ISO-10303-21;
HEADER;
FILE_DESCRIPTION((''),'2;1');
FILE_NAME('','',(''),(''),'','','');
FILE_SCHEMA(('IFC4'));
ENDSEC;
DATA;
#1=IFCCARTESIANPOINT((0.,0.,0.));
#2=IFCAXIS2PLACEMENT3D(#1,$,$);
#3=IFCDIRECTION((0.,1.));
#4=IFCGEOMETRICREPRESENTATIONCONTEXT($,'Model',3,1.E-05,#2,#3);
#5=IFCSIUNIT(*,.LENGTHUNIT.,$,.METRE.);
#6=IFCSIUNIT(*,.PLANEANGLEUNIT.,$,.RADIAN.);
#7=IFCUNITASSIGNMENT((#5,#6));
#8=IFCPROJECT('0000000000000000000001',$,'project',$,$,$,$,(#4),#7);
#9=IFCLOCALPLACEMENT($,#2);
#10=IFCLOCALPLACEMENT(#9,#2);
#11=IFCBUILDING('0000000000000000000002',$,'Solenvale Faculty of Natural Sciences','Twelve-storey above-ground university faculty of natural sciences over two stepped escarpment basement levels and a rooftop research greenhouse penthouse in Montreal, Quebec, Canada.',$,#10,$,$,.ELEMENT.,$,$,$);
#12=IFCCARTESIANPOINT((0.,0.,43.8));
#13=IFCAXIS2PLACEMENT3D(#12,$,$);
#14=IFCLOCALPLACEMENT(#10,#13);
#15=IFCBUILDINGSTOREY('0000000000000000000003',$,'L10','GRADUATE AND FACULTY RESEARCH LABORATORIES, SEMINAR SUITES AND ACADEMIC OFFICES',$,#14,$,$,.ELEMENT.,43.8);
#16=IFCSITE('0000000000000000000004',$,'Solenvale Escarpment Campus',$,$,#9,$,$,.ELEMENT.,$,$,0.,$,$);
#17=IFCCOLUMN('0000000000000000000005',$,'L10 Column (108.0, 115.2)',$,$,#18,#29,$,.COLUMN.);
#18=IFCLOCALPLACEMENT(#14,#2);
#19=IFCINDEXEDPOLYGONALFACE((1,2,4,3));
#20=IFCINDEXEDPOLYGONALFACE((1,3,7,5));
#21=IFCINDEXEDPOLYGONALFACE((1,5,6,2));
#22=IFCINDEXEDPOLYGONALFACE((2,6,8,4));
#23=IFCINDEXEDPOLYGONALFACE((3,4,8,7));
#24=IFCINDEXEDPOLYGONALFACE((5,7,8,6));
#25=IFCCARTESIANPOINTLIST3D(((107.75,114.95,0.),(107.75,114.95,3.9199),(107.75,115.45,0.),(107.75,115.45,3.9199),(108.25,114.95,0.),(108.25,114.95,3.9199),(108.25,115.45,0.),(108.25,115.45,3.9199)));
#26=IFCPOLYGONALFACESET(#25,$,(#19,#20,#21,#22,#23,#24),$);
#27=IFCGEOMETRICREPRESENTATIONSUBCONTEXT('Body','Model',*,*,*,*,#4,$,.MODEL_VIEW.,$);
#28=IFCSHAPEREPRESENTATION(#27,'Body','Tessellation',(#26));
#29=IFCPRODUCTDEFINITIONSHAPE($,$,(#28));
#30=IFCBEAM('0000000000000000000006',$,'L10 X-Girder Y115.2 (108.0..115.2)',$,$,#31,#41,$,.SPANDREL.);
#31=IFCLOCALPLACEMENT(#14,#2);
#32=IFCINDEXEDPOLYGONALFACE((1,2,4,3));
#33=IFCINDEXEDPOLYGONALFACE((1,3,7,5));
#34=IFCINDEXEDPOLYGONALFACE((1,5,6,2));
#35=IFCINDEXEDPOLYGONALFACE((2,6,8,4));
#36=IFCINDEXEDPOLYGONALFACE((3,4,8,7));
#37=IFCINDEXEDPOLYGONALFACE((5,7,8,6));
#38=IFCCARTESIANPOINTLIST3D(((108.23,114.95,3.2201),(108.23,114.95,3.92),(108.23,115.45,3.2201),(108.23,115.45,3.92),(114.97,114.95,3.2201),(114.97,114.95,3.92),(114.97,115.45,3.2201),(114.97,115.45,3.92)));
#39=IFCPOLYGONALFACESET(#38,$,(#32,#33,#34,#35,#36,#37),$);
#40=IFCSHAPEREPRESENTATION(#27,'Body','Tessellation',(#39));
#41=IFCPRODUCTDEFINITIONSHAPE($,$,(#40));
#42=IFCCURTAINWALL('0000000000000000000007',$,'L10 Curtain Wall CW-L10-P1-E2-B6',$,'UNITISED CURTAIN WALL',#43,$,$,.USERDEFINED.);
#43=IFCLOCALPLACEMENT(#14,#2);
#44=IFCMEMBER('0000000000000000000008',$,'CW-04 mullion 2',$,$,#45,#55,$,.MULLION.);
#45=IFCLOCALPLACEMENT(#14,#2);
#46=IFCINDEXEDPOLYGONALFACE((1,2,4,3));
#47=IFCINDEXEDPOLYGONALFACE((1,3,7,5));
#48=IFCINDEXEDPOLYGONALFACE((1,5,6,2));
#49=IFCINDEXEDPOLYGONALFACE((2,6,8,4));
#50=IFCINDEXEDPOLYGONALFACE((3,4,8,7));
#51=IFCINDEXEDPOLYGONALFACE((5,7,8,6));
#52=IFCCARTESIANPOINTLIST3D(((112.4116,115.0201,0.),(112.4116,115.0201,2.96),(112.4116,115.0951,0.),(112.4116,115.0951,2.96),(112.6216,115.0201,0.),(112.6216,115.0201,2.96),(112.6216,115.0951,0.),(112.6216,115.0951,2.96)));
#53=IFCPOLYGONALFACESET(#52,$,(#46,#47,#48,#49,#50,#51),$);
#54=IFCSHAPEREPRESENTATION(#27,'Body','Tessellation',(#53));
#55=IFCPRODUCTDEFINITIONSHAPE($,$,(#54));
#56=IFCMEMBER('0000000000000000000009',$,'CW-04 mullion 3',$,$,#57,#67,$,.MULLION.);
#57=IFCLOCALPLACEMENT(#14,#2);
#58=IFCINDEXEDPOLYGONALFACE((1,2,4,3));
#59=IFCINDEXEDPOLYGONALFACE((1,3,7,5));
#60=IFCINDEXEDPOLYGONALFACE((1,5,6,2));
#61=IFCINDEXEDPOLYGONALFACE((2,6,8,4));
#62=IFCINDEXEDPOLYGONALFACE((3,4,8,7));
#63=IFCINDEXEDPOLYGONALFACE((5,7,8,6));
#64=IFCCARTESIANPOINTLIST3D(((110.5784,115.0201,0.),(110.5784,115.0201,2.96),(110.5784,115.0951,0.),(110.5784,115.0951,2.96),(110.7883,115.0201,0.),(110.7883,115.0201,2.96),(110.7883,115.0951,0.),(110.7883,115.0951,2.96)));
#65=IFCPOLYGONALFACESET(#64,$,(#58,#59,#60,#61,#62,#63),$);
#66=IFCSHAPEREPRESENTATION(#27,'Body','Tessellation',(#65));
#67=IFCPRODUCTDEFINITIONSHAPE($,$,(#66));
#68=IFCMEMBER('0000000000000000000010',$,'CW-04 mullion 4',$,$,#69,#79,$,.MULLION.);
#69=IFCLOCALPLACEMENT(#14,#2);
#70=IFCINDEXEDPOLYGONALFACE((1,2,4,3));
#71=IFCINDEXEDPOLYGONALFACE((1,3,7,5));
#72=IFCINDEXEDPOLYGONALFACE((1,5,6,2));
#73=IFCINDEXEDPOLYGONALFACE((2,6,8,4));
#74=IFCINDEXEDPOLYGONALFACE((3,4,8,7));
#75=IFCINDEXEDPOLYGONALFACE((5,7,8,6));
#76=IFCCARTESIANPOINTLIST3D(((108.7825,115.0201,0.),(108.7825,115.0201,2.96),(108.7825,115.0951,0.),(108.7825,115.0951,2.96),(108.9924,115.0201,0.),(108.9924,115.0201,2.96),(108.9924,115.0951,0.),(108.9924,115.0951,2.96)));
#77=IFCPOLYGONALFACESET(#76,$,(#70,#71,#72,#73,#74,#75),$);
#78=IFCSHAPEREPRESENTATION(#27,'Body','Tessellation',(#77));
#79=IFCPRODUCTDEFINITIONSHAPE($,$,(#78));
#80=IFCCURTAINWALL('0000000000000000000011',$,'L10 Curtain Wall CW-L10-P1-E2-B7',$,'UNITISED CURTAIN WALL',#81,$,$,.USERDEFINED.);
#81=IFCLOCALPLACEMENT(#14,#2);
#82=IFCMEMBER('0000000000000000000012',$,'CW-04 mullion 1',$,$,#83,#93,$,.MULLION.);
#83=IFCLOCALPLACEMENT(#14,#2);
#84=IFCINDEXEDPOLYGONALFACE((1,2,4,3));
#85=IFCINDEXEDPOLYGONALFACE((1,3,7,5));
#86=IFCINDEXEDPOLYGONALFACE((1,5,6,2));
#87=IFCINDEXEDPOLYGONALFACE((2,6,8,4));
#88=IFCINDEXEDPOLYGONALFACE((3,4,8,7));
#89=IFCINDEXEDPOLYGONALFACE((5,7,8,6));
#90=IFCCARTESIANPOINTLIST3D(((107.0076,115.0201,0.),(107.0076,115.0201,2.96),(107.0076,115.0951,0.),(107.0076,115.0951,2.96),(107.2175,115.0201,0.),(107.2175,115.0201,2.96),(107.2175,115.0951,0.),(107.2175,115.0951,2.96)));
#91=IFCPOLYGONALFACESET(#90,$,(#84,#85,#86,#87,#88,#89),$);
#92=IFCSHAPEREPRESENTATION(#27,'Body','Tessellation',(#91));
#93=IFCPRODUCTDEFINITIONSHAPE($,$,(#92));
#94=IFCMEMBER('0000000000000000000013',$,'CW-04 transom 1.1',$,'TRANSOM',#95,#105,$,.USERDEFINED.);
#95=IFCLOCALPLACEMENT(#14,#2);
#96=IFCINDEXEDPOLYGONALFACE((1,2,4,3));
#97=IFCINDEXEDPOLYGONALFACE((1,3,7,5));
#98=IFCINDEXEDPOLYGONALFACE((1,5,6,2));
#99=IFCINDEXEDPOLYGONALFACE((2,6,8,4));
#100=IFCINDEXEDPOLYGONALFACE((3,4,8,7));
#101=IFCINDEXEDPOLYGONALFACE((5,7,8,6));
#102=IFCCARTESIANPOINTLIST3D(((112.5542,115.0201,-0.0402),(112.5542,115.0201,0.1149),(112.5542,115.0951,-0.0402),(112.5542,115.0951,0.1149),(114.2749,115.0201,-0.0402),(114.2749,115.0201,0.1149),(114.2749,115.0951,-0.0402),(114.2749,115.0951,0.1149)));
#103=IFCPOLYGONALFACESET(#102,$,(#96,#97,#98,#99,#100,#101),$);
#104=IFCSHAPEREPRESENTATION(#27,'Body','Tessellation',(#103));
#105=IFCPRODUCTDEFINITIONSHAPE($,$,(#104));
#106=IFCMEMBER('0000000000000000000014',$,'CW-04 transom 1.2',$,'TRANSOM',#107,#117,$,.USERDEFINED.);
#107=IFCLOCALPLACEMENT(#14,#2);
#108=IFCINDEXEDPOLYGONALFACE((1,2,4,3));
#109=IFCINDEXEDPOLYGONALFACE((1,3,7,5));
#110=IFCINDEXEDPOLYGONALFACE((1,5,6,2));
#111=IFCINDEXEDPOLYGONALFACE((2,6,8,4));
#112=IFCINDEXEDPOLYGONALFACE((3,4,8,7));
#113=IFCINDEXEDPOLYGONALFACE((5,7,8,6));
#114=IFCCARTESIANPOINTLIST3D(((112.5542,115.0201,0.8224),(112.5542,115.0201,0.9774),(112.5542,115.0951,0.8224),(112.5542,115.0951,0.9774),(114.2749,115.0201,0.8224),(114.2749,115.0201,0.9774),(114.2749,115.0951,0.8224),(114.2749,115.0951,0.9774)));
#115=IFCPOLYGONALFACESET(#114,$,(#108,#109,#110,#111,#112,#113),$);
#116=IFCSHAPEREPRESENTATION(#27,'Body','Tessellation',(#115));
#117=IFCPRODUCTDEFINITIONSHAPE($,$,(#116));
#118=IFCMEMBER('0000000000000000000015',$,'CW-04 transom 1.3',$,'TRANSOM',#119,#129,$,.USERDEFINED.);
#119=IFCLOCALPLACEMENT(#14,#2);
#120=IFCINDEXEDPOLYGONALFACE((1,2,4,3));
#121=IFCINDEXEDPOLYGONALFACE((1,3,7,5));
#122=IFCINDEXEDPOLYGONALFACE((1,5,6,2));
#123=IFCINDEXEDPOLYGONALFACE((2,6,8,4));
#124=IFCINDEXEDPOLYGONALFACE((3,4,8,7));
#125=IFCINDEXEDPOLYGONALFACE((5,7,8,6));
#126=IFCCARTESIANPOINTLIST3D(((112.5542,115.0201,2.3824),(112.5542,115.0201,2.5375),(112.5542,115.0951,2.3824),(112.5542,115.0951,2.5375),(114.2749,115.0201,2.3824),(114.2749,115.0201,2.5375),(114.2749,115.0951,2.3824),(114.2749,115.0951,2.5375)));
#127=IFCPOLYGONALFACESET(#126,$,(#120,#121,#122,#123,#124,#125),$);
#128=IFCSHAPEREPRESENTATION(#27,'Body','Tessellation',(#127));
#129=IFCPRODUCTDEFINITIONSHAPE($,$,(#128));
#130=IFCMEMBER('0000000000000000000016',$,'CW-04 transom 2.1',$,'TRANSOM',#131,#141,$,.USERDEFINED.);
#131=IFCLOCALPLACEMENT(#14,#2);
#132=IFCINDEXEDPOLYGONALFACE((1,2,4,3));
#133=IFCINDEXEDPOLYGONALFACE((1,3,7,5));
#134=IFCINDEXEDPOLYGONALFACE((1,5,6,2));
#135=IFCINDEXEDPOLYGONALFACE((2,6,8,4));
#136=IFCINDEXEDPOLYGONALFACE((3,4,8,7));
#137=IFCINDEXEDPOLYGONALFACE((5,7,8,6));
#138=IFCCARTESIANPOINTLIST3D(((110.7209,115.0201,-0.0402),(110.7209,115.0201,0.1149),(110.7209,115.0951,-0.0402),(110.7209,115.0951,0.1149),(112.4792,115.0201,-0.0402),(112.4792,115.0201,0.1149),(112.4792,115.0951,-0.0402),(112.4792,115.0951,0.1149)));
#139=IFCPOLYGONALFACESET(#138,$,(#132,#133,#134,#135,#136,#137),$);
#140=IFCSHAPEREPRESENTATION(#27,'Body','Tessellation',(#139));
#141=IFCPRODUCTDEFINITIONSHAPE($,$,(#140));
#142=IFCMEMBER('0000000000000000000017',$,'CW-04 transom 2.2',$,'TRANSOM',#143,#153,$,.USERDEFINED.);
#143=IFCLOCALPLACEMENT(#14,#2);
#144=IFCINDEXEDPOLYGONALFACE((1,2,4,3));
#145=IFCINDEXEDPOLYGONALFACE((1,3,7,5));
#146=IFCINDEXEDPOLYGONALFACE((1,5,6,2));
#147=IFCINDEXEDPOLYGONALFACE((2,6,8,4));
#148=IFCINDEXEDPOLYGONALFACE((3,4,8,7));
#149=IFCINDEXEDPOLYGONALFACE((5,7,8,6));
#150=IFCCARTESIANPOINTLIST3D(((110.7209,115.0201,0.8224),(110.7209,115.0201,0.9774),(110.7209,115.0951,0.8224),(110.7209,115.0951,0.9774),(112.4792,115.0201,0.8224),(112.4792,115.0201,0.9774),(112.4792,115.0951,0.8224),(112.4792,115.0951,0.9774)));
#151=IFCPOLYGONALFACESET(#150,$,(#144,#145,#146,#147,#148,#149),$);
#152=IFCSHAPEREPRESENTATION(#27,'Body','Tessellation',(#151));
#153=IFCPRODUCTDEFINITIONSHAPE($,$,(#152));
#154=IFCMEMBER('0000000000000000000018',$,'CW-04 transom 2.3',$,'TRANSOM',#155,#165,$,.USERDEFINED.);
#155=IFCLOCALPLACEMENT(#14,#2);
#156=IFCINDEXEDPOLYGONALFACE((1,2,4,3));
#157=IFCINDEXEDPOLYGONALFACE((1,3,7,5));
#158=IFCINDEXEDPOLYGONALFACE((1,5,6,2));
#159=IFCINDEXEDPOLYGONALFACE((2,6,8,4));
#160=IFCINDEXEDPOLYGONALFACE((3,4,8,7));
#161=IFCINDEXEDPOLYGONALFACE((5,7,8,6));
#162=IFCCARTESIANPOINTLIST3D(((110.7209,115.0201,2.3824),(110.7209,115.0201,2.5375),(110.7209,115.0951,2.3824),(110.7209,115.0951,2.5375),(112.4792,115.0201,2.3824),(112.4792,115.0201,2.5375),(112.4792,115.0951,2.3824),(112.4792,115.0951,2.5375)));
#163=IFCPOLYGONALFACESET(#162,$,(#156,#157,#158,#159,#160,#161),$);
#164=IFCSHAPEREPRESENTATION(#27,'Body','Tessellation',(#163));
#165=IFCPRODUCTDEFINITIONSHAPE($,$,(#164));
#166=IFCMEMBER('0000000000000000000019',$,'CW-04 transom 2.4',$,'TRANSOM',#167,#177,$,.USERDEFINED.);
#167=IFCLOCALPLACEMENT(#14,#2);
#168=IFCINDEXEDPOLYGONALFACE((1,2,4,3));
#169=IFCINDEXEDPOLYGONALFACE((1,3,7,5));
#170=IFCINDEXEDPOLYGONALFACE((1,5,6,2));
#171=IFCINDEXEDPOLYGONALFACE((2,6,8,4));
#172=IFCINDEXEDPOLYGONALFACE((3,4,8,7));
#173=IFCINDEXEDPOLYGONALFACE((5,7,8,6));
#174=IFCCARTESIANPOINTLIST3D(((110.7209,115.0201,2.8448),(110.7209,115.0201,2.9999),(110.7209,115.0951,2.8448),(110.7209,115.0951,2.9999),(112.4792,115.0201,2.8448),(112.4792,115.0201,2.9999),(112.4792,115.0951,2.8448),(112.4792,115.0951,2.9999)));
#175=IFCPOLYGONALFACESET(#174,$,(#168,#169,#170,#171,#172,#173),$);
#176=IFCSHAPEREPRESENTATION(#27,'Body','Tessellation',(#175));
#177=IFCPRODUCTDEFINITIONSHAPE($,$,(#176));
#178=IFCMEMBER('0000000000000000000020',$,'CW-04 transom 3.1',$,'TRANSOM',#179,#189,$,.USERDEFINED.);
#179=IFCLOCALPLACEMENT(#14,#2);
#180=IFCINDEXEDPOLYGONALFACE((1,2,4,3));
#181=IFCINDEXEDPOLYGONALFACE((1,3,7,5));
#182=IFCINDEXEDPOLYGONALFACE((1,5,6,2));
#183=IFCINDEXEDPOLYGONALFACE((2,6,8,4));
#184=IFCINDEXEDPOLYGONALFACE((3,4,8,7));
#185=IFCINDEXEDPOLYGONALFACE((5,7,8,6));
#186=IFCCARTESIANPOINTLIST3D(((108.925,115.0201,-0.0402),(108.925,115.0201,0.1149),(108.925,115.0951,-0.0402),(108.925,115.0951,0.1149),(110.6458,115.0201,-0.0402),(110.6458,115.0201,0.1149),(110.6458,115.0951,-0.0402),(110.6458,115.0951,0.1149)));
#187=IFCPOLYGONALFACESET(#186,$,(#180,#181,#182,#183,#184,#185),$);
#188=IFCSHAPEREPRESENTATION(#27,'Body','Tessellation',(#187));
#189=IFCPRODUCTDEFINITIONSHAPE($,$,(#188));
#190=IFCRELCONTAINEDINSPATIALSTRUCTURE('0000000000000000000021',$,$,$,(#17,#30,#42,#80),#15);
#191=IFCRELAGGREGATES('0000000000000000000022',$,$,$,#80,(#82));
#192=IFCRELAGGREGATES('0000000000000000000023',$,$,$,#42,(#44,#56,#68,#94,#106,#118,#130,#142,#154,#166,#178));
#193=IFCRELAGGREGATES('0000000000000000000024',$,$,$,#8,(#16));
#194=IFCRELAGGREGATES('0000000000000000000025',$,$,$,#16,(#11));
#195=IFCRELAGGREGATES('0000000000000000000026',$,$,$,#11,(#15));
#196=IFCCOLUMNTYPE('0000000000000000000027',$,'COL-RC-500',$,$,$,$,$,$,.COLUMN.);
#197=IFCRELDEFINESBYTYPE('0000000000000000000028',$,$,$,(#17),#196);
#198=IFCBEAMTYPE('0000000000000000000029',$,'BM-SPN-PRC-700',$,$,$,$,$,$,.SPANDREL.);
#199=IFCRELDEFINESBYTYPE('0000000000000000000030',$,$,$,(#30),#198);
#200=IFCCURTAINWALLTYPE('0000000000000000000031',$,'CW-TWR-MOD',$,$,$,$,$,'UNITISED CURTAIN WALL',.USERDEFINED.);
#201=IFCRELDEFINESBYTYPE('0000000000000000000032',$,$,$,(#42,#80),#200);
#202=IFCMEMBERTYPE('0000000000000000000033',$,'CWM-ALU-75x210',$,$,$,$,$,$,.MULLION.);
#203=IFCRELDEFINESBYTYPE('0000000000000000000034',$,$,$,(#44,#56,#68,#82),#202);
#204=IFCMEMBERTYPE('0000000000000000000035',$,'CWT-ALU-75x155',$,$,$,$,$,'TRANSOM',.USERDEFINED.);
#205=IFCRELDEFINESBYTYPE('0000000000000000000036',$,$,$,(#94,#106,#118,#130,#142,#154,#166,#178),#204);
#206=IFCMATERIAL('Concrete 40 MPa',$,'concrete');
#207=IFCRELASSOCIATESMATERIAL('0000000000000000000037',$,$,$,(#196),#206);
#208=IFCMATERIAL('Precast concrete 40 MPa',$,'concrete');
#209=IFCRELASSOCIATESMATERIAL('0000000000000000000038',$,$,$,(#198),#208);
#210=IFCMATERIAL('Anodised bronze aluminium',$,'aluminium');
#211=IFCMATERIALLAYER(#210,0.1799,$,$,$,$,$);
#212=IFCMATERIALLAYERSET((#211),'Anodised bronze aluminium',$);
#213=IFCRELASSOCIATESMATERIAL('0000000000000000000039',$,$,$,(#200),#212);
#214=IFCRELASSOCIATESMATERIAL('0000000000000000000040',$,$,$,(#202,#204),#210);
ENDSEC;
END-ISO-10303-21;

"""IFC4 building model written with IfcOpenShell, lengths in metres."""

from ifc_helpers import new_model, si_unit, direction, frame, origin, origin_2d, place, context, subcontext, project, spatial, rectangle, extrude, material, layer, layer_set, material_profile, profile_set, type_object, element, aggregate, save


model = new_model("IFC4")

# Units and contexts
model_context = context("Model", 3, precision=1e-05, world=origin(), true_north=direction((0.0, 1.0)))
body_context = subcontext(model_context, "Body", "Model", "MODEL_VIEW")
ifc_project = project(units=[si_unit("LENGTHUNIT", "METRE"), si_unit("PLANEANGLEUNIT", "RADIAN")], contexts=[model_context])

# Site, building, storey
site_placement = place(None, origin())
site = spatial("IfcSite", under=ifc_project, at=site_placement, Name="Solenvale Escarpment Campus", CompositionType="ELEMENT", RefElevation=0.0)
building_placement = place(site_placement, origin())
building = spatial("IfcBuilding", under=site, at=building_placement, Name="Solenvale Faculty of Natural Sciences", Description="Twelve-storey above-ground university faculty of natural sciences over two stepped escarpment basement levels and a rooftop research greenhouse penthouse in Montreal, Quebec, Canada.", CompositionType="ELEMENT")
storey_placement = place(building_placement, frame((0.0, 0.0, 43.8)))
storey = spatial("IfcBuildingStorey", under=building, at=storey_placement, Name="L10", Description="GRADUATE AND FACULTY RESEARCH LABORATORIES, SEMINAR SUITES AND ACADEMIC OFFICES", CompositionType="ELEMENT", Elevation=43.8)

# Column
ifc_material_1 = material(Name="Concrete 40 MPa", Category="concrete")
ifc_material_profile_1 = material_profile(ifc_material_1, rectangle(XDim=0.5, YDim=0.5, at=origin_2d()), Name="RC-COL-500x500")
ifc_profile_set_1 = profile_set([ifc_material_profile_1], Name="Concrete 40 MPa")
column_type = type_object("IfcColumnType", Name="COL-RC-500", PredefinedType="COLUMN", material=ifc_profile_set_1)
column_placement = place(storey_placement, frame((108.0, 115.2, 0.0), z_axis=(0.0, 0.0, 1.0), x_axis=(1.0, 0.0, 0.0)))
element("IfcColumn", 1, at=column_placement, inside=storey, type_object=column_type, Name="L10 Column (108.0, 115.2)", PredefinedType="COLUMN", context=body_context, shape_type="SweptSolid", body=[
    extrude(rectangle(XDim=0.5, YDim=0.5, at=origin_2d()), origin(), (0.0, 0.0, 1.0), 3.9199),
])

# Beam
ifc_material_2 = material(Name="Precast concrete 40 MPa", Category="concrete")
ifc_material_profile_2 = material_profile(ifc_material_2, rectangle(XDim=0.5, YDim=0.7, at=origin_2d()), Name="RC-BM-500x700")
ifc_profile_set_2 = profile_set([ifc_material_profile_2], Name="Precast concrete 40 MPa")
beam_type = type_object("IfcBeamType", Name="BM-SPN-PRC-700", PredefinedType="SPANDREL", material=ifc_profile_set_2)
beam_placement = place(storey_placement, frame((108.23, 115.2, 3.5701), z_axis=(1.0, 0.0, 0.0), x_axis=(0.0, 1.0, 0.0)))
element("IfcBeam", 2, at=beam_placement, inside=storey, type_object=beam_type, Name="L10 X-Girder Y115.2 (108.0..115.2)", PredefinedType="SPANDREL", context=body_context, shape_type="SweptSolid", body=[
    extrude(rectangle(XDim=0.5, YDim=0.7, at=origin_2d()), origin(), (0.0, 0.0, 1.0), 6.74),
])

# Curtain wall, members
ifc_material_3 = material(Name="Anodised bronze aluminium", Category="aluminium")
ifc_layer_1 = layer(ifc_material_3, 0.1799)
ifc_layer_set_1 = layer_set([ifc_layer_1], Name="Anodised bronze aluminium")
curtain_wall_type = type_object("IfcCurtainWallType", Name="CW-TWR-MOD", ElementType="UNITISED CURTAIN WALL", PredefinedType="USERDEFINED", material=ifc_layer_set_1)
curtain_wall_1_placement = place(storey_placement, origin())
curtain_wall_1 = element("IfcCurtainWall", 3, at=curtain_wall_1_placement, inside=storey, type_object=curtain_wall_type, Name="L10 Curtain Wall CW-L10-P1-E2-B6", ObjectType="UNITISED CURTAIN WALL", PredefinedType="USERDEFINED")
ifc_material_profile_3 = material_profile(ifc_material_3, rectangle(XDim=0.075, YDim=0.21, at=origin_2d()), Name="ALU-MUL-75x210")
ifc_profile_set_3 = profile_set([ifc_material_profile_3], Name="Anodised bronze aluminium")
member_type_1 = type_object("IfcMemberType", Name="CWM-ALU-75x210", PredefinedType="MULLION", material=ifc_profile_set_3)
member_1_placement = place(storey_placement, frame((112.5166, 115.0576, 0.0), z_axis=(0.0, 0.0, 1.0), x_axis=(0.0, -1.0, 0.0)))
member_1 = element("IfcMember", 4, at=member_1_placement, type_object=member_type_1, Name="CW-04 mullion 2", PredefinedType="MULLION", context=body_context, shape_type="SweptSolid", body=[
    extrude(rectangle(XDim=0.075, YDim=0.21, at=origin_2d()), origin(), (0.0, 0.0, 1.0), 2.96),
])
member_2_placement = place(storey_placement, frame((110.6833, 115.0576, 0.0), z_axis=(0.0, 0.0, 1.0), x_axis=(0.0, -1.0, 0.0)))
member_2 = element("IfcMember", 5, at=member_2_placement, type_object=member_type_1, Name="CW-04 mullion 3", PredefinedType="MULLION", context=body_context, shape_type="SweptSolid", body=[
    extrude(rectangle(XDim=0.075, YDim=0.21, at=origin_2d()), origin(), (0.0, 0.0, 1.0), 2.96),
])
member_3_placement = place(storey_placement, frame((108.8875, 115.0576, 0.0), z_axis=(0.0, 0.0, 1.0), x_axis=(0.0, -1.0, 0.0)))
member_3 = element("IfcMember", 6, at=member_3_placement, type_object=member_type_1, Name="CW-04 mullion 4", PredefinedType="MULLION", context=body_context, shape_type="SweptSolid", body=[
    extrude(rectangle(XDim=0.075, YDim=0.21, at=origin_2d()), origin(), (0.0, 0.0, 1.0), 2.96),
])

# Curtain wall, member
curtain_wall_2_placement = place(storey_placement, origin())
curtain_wall_2 = element("IfcCurtainWall", 7, at=curtain_wall_2_placement, inside=storey, type_object=curtain_wall_type, Name="L10 Curtain Wall CW-L10-P1-E2-B7", ObjectType="UNITISED CURTAIN WALL", PredefinedType="USERDEFINED")
member_4_placement = place(storey_placement, frame((107.1125, 115.0576, 0.0), z_axis=(0.0, 0.0, 1.0), x_axis=(0.0, -1.0, 0.0)))
member_4 = element("IfcMember", 8, at=member_4_placement, type_object=member_type_1, Name="CW-04 mullion 1", PredefinedType="MULLION", context=body_context, shape_type="SweptSolid", body=[
    extrude(rectangle(XDim=0.075, YDim=0.21, at=origin_2d()), origin(), (0.0, 0.0, 1.0), 2.96),
])

# Members
ifc_material_profile_4 = material_profile(ifc_material_3, rectangle(XDim=0.075, YDim=0.155, at=origin_2d()), Name="ALU-TRN-75x155")
ifc_profile_set_4 = profile_set([ifc_material_profile_4], Name="Anodised bronze aluminium")
member_type_2 = type_object("IfcMemberType", Name="CWT-ALU-75x155", ElementType="TRANSOM", PredefinedType="USERDEFINED", material=ifc_profile_set_4)
member_5_placement = place(storey_placement, frame((114.2749, 115.0576, 0.0374), z_axis=(-1.0, 0.0, 0.0), x_axis=(0.0, -1.0, 0.0)))
member_5 = element("IfcMember", 9, at=member_5_placement, type_object=member_type_2, Name="CW-04 transom 1.1", ObjectType="TRANSOM", PredefinedType="USERDEFINED", context=body_context, shape_type="SweptSolid", body=[
    extrude(rectangle(XDim=0.075, YDim=0.155, at=origin_2d()), origin(), (0.0, 0.0, 1.0), 1.7207),
])
member_6_placement = place(storey_placement, frame((114.2749, 115.0576, 0.8999), z_axis=(-1.0, 0.0, 0.0), x_axis=(0.0, -1.0, 0.0)))
member_6 = element("IfcMember", 10, at=member_6_placement, type_object=member_type_2, Name="CW-04 transom 1.2", ObjectType="TRANSOM", PredefinedType="USERDEFINED", context=body_context, shape_type="SweptSolid", body=[
    extrude(rectangle(XDim=0.075, YDim=0.155, at=origin_2d()), origin(), (0.0, 0.0, 1.0), 1.7207),
])
member_7_placement = place(storey_placement, frame((114.2749, 115.0576, 2.46), z_axis=(-1.0, 0.0, 0.0), x_axis=(0.0, -1.0, 0.0)))
member_7 = element("IfcMember", 11, at=member_7_placement, type_object=member_type_2, Name="CW-04 transom 1.3", ObjectType="TRANSOM", PredefinedType="USERDEFINED", context=body_context, shape_type="SweptSolid", body=[
    extrude(rectangle(XDim=0.075, YDim=0.155, at=origin_2d()), origin(), (0.0, 0.0, 1.0), 1.7207),
])
member_8_placement = place(storey_placement, frame((112.4792, 115.0576, 0.0374), z_axis=(-1.0, 0.0, 0.0), x_axis=(0.0, -1.0, 0.0)))
member_8 = element("IfcMember", 12, at=member_8_placement, type_object=member_type_2, Name="CW-04 transom 2.1", ObjectType="TRANSOM", PredefinedType="USERDEFINED", context=body_context, shape_type="SweptSolid", body=[
    extrude(rectangle(XDim=0.075, YDim=0.155, at=origin_2d()), origin(), (0.0, 0.0, 1.0), 1.7583),
])
member_9_placement = place(storey_placement, frame((112.4792, 115.0576, 0.8999), z_axis=(-1.0, 0.0, 0.0), x_axis=(0.0, -1.0, 0.0)))
member_9 = element("IfcMember", 13, at=member_9_placement, type_object=member_type_2, Name="CW-04 transom 2.2", ObjectType="TRANSOM", PredefinedType="USERDEFINED", context=body_context, shape_type="SweptSolid", body=[
    extrude(rectangle(XDim=0.075, YDim=0.155, at=origin_2d()), origin(), (0.0, 0.0, 1.0), 1.7583),
])
member_10_placement = place(storey_placement, frame((112.4792, 115.0576, 2.46), z_axis=(-1.0, 0.0, 0.0), x_axis=(0.0, -1.0, 0.0)))
member_10 = element("IfcMember", 14, at=member_10_placement, type_object=member_type_2, Name="CW-04 transom 2.3", ObjectType="TRANSOM", PredefinedType="USERDEFINED", context=body_context, shape_type="SweptSolid", body=[
    extrude(rectangle(XDim=0.075, YDim=0.155, at=origin_2d()), origin(), (0.0, 0.0, 1.0), 1.7583),
])
member_11_placement = place(storey_placement, frame((112.4792, 115.0576, 2.9224), z_axis=(-1.0, 0.0, 0.0), x_axis=(0.0, -1.0, 0.0)))
member_11 = element("IfcMember", 15, at=member_11_placement, type_object=member_type_2, Name="CW-04 transom 2.4", ObjectType="TRANSOM", PredefinedType="USERDEFINED", context=body_context, shape_type="SweptSolid", body=[
    extrude(rectangle(XDim=0.075, YDim=0.155, at=origin_2d()), origin(), (0.0, 0.0, 1.0), 1.7583),
])
member_12_placement = place(storey_placement, frame((110.6458, 115.0576, 0.0374), z_axis=(-1.0, 0.0, 0.0), x_axis=(0.0, -1.0, 0.0)))
member_12 = element("IfcMember", 16, at=member_12_placement, type_object=member_type_2, Name="CW-04 transom 3.1", ObjectType="TRANSOM", PredefinedType="USERDEFINED", context=body_context, shape_type="SweptSolid", body=[
    extrude(rectangle(XDim=0.075, YDim=0.155, at=origin_2d()), origin(), (0.0, 0.0, 1.0), 1.7207),
])
aggregate(curtain_wall_2, [member_4])

aggregate(curtain_wall_1, [member_1, member_2, member_3, member_5, member_6, member_7, member_8, member_9, member_10, member_11, member_12])

save(model, "model.ifc")
